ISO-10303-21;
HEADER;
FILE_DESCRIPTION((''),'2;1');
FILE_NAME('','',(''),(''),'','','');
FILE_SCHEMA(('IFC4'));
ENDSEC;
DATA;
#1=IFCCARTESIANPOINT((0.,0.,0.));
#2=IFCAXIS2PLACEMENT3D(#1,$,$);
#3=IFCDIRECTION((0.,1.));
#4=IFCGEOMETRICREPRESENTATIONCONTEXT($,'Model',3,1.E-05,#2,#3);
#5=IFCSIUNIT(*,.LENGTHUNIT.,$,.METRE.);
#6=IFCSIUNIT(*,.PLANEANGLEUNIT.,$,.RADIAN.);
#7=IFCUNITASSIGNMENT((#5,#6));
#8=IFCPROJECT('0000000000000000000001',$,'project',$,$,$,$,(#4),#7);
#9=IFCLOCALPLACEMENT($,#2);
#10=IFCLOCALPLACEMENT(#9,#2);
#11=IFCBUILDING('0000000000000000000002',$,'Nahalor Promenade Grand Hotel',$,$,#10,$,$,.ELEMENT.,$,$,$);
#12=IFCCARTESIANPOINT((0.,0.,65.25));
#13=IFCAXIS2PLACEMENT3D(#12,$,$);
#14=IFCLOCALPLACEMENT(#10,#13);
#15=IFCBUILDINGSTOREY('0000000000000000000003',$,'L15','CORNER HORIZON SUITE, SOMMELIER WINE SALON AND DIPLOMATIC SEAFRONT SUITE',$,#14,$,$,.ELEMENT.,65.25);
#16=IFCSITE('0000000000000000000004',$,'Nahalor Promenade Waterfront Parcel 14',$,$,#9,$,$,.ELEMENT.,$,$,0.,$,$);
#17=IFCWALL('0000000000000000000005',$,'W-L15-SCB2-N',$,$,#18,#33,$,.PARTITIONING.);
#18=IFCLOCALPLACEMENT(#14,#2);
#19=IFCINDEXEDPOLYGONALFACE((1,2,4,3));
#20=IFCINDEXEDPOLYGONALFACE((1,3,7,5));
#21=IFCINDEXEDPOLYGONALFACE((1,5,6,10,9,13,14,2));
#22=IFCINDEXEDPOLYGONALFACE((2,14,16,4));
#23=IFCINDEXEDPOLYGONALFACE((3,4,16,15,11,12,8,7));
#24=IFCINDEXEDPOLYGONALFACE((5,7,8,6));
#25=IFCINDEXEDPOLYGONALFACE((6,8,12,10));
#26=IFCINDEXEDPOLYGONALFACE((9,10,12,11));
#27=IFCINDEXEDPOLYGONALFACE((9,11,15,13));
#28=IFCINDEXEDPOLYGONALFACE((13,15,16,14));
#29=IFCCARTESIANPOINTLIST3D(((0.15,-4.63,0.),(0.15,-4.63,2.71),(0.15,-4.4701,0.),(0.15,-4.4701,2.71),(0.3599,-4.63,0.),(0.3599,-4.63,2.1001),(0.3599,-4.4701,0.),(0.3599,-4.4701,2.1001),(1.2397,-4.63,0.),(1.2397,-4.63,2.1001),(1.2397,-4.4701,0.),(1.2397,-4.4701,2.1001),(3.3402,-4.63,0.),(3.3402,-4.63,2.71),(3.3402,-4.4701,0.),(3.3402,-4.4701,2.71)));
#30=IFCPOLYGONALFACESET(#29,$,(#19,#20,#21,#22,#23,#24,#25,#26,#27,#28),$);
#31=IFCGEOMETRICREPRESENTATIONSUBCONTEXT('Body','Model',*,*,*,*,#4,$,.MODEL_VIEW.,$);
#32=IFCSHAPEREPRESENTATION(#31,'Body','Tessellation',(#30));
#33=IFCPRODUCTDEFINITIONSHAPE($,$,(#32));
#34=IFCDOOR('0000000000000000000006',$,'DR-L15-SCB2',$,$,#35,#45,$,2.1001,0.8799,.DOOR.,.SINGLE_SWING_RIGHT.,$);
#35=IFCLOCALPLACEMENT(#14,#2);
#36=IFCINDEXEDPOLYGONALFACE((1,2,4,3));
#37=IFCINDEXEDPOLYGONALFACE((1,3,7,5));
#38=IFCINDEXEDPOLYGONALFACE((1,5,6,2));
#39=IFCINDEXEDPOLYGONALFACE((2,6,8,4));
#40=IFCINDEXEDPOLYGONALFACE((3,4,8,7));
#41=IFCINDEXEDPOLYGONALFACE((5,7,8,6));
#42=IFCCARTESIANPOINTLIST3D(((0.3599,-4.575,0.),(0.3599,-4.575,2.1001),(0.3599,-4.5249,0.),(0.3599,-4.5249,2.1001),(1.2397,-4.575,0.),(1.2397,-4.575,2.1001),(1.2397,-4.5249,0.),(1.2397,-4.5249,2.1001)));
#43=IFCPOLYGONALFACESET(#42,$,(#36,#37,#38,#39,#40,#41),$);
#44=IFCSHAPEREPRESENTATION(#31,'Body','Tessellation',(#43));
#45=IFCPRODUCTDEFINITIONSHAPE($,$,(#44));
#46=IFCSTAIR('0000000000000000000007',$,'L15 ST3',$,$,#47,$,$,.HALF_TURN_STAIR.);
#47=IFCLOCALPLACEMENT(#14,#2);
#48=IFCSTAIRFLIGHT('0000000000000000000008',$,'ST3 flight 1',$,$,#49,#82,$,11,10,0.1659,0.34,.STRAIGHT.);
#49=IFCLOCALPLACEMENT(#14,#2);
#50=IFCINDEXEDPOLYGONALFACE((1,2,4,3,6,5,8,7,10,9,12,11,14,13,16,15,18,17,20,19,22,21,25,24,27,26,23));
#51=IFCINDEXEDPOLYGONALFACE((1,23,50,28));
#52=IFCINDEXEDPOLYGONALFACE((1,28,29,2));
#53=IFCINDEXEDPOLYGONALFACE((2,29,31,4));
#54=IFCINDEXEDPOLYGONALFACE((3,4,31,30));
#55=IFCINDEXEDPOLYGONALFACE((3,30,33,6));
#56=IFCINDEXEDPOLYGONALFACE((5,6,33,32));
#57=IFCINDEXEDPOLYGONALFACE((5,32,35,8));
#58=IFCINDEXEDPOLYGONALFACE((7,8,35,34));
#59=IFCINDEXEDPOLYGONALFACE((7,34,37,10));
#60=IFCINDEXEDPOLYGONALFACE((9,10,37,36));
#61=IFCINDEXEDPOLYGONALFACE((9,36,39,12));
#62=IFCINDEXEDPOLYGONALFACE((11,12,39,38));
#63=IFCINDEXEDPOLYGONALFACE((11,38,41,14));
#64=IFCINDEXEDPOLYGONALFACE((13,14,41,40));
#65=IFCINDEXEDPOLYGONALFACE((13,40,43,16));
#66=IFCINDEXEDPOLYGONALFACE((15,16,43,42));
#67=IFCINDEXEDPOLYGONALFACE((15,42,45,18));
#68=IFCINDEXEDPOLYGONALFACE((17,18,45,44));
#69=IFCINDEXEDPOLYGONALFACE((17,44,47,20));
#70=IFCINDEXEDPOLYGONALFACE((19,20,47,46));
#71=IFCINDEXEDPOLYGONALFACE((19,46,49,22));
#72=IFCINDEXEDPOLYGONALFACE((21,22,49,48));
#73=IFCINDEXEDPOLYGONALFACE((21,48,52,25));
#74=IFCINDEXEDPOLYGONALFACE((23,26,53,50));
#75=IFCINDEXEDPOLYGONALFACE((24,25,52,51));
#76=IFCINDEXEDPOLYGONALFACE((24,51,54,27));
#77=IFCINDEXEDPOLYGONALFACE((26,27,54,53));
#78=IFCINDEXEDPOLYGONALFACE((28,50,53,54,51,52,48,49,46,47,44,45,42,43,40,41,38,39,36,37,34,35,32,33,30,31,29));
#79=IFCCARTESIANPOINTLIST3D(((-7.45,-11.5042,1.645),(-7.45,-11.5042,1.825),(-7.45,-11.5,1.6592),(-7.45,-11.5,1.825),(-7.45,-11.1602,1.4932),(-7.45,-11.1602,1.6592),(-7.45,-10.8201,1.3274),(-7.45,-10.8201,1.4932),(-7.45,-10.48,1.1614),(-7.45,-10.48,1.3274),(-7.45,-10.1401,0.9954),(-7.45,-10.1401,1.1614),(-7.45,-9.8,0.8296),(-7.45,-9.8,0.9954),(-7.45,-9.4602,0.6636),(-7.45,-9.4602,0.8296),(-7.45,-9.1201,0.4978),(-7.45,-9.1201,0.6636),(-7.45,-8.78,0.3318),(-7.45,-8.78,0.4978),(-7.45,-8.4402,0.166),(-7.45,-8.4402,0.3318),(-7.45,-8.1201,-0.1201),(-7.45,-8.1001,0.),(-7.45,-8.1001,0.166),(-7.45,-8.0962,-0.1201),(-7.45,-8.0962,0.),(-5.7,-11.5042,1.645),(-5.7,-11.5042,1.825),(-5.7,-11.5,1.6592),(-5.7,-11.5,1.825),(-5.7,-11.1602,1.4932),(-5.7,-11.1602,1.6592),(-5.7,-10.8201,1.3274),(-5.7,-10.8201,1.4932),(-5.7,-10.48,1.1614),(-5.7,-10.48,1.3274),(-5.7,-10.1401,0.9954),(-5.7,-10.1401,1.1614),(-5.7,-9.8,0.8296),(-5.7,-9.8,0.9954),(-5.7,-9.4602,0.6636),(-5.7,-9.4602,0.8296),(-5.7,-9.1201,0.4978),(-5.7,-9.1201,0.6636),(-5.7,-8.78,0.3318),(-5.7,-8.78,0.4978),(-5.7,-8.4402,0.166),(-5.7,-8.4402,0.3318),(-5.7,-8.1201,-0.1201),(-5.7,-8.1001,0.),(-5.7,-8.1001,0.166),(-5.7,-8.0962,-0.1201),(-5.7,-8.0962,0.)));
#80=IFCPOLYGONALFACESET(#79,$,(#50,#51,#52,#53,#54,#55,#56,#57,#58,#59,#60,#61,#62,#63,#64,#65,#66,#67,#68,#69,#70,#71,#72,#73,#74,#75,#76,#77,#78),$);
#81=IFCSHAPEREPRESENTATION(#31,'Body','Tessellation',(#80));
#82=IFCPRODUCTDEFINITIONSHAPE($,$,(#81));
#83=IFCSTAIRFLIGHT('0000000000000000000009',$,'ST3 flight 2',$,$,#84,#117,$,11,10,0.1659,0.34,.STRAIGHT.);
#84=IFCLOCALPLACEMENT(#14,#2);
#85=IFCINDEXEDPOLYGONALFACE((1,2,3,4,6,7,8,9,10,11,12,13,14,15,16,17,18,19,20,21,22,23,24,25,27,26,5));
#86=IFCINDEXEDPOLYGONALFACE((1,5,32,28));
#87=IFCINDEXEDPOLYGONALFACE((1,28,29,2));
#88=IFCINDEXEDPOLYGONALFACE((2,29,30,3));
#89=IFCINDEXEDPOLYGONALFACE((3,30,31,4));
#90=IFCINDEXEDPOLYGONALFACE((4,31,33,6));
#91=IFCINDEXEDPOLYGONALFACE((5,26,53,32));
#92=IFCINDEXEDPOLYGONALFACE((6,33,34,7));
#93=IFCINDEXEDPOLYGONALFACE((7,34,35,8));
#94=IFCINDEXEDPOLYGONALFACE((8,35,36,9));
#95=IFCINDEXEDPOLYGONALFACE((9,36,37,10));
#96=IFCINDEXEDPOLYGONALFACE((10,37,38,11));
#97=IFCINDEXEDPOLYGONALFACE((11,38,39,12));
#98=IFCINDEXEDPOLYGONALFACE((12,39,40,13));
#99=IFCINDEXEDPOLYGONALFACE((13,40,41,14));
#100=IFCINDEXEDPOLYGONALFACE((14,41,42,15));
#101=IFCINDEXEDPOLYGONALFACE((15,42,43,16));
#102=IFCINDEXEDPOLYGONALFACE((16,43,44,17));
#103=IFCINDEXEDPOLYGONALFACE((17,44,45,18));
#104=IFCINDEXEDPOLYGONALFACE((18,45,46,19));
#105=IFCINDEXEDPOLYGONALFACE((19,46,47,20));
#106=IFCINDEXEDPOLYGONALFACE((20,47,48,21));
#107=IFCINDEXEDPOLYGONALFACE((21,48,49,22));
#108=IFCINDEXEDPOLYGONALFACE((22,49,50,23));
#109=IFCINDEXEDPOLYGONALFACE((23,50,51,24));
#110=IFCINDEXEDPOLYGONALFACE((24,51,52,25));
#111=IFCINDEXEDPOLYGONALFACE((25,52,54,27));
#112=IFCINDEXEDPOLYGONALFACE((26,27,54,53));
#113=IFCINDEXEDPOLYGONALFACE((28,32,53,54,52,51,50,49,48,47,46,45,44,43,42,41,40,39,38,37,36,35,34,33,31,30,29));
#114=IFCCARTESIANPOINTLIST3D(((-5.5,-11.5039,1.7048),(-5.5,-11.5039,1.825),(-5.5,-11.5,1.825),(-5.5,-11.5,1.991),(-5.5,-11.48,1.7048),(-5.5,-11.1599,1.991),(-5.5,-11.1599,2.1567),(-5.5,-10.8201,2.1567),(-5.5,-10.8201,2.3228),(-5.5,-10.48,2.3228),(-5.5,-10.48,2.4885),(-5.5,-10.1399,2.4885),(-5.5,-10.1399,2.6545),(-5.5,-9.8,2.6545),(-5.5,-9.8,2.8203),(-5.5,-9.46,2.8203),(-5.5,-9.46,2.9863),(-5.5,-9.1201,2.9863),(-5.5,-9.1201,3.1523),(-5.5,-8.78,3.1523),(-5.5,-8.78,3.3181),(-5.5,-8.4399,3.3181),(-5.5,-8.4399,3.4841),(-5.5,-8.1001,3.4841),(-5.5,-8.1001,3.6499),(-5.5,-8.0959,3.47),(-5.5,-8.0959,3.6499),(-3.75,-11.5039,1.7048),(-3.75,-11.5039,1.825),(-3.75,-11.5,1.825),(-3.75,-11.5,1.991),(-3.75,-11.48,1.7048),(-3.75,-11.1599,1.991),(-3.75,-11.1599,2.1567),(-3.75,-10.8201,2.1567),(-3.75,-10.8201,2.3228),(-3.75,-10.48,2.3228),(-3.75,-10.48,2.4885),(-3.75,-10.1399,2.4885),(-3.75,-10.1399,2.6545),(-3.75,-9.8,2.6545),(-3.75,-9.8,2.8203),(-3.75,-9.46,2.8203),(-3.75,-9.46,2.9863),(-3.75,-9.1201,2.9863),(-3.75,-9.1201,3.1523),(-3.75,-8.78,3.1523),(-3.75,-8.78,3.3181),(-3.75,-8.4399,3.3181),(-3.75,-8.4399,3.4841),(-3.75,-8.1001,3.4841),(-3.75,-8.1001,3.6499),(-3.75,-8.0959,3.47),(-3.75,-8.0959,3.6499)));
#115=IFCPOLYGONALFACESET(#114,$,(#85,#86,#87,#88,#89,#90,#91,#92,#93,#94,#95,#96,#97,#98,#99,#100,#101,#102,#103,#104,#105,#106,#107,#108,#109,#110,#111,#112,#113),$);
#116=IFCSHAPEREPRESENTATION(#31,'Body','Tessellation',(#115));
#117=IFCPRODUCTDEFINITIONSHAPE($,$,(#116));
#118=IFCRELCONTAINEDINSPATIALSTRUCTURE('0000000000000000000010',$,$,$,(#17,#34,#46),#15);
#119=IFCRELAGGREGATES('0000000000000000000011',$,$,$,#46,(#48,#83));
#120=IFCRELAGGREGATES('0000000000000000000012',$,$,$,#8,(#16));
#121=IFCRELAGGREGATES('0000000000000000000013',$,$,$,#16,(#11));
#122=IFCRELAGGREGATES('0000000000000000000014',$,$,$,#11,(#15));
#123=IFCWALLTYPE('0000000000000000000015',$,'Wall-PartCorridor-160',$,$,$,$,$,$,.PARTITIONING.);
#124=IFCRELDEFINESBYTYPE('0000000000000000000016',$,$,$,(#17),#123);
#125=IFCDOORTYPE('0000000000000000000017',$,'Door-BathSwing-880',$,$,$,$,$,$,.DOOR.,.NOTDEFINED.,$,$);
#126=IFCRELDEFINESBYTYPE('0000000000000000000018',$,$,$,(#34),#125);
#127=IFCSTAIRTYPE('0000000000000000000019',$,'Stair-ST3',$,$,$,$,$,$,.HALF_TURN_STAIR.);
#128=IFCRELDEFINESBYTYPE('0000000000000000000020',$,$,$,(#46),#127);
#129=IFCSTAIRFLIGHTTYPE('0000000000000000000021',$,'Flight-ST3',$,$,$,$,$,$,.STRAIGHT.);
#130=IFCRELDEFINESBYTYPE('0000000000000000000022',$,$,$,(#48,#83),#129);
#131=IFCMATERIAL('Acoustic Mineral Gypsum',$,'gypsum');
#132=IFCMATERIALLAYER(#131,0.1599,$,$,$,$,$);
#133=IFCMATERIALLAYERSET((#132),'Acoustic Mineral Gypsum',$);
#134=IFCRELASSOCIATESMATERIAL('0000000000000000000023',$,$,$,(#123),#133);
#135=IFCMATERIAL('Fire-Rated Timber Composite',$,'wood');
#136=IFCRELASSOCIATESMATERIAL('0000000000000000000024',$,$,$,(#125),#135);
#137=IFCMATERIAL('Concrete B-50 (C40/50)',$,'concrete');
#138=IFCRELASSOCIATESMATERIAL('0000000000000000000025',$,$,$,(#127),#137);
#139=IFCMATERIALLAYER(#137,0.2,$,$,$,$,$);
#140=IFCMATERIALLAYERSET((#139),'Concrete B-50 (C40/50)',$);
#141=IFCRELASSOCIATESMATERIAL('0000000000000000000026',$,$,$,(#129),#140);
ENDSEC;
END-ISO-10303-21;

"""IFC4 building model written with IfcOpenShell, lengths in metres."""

from ifc_helpers import new_model, si_unit, direction, frame, frame_2d, origin, place, context, subcontext, project, spatial, polyline, rectangle, outline, extrude, source, transform, mapped, material, layer, layer_set, type_object, element, fill, aggregate, save


model = new_model("IFC4")

# Units and contexts
model_context = context("Model", 3, precision=1e-05, world=origin(), true_north=direction((0.0, 1.0)))
body_context = subcontext(model_context, "Body", "Model", "MODEL_VIEW")
ifc_project = project(units=[si_unit("LENGTHUNIT", "METRE"), si_unit("PLANEANGLEUNIT", "RADIAN")], contexts=[model_context])

# Site, building, storey
site_placement = place(None, origin())
site = spatial("IfcSite", under=ifc_project, at=site_placement, Name="Nahalor Promenade Waterfront Parcel 14", CompositionType="ELEMENT", RefElevation=0.0)
building_placement = place(site_placement, origin())
building = spatial("IfcBuilding", under=site, at=building_placement, Name="Nahalor Promenade Grand Hotel", CompositionType="ELEMENT")
storey_placement = place(building_placement, frame((0.0, 0.0, 65.25)))
storey = spatial("IfcBuildingStorey", under=building, at=storey_placement, Name="L15", Description="CORNER HORIZON SUITE, SOMMELIER WINE SALON AND DIPLOMATIC SEAFRONT SUITE", CompositionType="ELEMENT", Elevation=65.25)

# Shared definitions
ifc_material_1 = material(Name="Concrete B-50 (C40/50)", Category="concrete")

# Wall, opening, door
ifc_material_2 = material(Name="Acoustic Mineral Gypsum", Category="gypsum")
ifc_layer_1 = layer(ifc_material_2, 0.1599)
ifc_layer_set_1 = layer_set([ifc_layer_1], Name="Acoustic Mineral Gypsum")
wall_type_1 = type_object("IfcWallType", Name="Wall-PartCorridor-160", PredefinedType="PARTITIONING", material=ifc_layer_set_1)
ifc_material_3 = material(Name="Fire-Rated Timber Composite", Category="wood")
door_type_1 = type_object("IfcDoorType", Name="Door-BathSwing-880", OperationType="NOTDEFINED", PredefinedType="DOOR", material=ifc_material_3)
shared_shape_1 = source(origin(), body_context, "Body", "SweptSolid", [
    extrude(rectangle(XDim=0.8799, YDim=2.1001, at=frame_2d((0.4399, 1.05))), frame((0.0, 0.0249, 0.0), z_axis=(0.0, -1.0, 0.0), x_axis=(1.0, 0.0, 0.0)), (0.0, 0.0, 1.0), 0.05),
])
shared_shape_2 = source(origin(), body_context, "Body", "SweptSolid", [
    extrude(rectangle(XDim=3.1902, YDim=0.1599, at=frame_2d((1.5952, 0.0))), origin(), (0.0, 0.0, 1.0), 2.71),
])
wall_1_placement = place(storey_placement, frame((0.1499, -4.55, 0.0), z_axis=(0.0, 0.0, 1.0), x_axis=(1.0, 0.0, 0.0)))
wall_1 = element("IfcWall", 1, at=wall_1_placement, inside=storey, type_object=wall_type_1, Name="W-L15-SCB2-N", PredefinedType="PARTITIONING", context=body_context, shape_type="MappedRepresentation", body=[
    mapped(shared_shape_2, transform((0.0, 0.0, 0.0), scale=1.0)),
])
opening_1_placement = place(wall_1_placement, frame((0.21, 0.0, 0.0)))
opening_1 = element("IfcOpeningElement", 2, at=opening_1_placement, cuts=wall_1, PredefinedType="OPENING", context=body_context, shape_type="SweptSolid", body=[
    extrude(rectangle(XDim=0.8799, YDim=2.1001, at=frame_2d((0.4399, 1.05))), frame((0.0, 0.0898, 0.0), z_axis=(0.0, -1.0, 0.0), x_axis=(1.0, 0.0, 0.0)), (0.0, 0.0, 1.0), 0.1799),
])
door_1_placement = place(opening_1_placement, frame((0.8799, 0.0, 0.0), z_axis=(0.0, 0.0, 1.0), x_axis=(-1.0, 0.0, 0.0)))
door_1 = element("IfcDoor", 3, at=door_1_placement, inside=storey, type_object=door_type_1, Name="DR-L15-SCB2", OperationType="SINGLE_SWING_RIGHT", OverallHeight=2.1001, OverallWidth=0.8799, PredefinedType="DOOR", context=body_context, shape_type="MappedRepresentation", body=[
    mapped(shared_shape_1, transform((0.0, 0.0, 0.0), scale=1.0)),
])
fill(opening_1, door_1)

# Stair, stair flights
stair_type = type_object("IfcStairType", Name="Stair-ST3", PredefinedType="HALF_TURN_STAIR", material=ifc_material_1)
stair_placement = place(storey_placement, origin())
stair = element("IfcStair", 4, at=stair_placement, inside=storey, type_object=stair_type, Name="L15 ST3", PredefinedType="HALF_TURN_STAIR")
ifc_layer_2 = layer(ifc_material_1, 0.2)
ifc_layer_set_2 = layer_set([ifc_layer_2], Name="Concrete B-50 (C40/50)")
stair_flight_type = type_object("IfcStairFlightType", Name="Flight-ST3", PredefinedType="STRAIGHT", material=ifc_layer_set_2)
shared_shape_3 = source(origin(), body_context, "Body", "SweptSolid", [
    extrude(outline(polyline([(-0.0039, -0.1201), (-0.0039, 0.0), (0.0, 0.0), (0.0, 0.166), (0.3401, 0.166), (0.3401, 0.3318), (0.6799, 0.3318), (0.6799, 0.4978), (1.02, 0.4978), (1.02, 0.6636), (1.3601, 0.6636), (1.3601, 0.8296), (1.7, 0.8296), (1.7, 0.9954), (2.04, 0.9954), (2.04, 1.1614), (2.3799, 1.1614), (2.3799, 1.3274), (2.72, 1.3274), (2.72, 1.4932), (3.0601, 1.4932), (3.0601, 1.6592), (3.3999, 1.6592), (3.3999, 1.825), (3.4041, 1.825), (3.4041, 1.645), (0.02, -0.1201), (-0.0039, -0.1201)])), frame((0.0, 0.875, 0.0), z_axis=(0.0, -1.0, 0.0), x_axis=(1.0, 0.0, 0.0)), (0.0, 0.0, 1.0), 1.75),
])
stair_flight_1_placement = place(storey_placement, frame((-6.575, -8.1001, 0.0), z_axis=(0.0, 0.0, 1.0), x_axis=(0.0, -1.0, 0.0)))
stair_flight_1 = element("IfcStairFlight", 5, at=stair_flight_1_placement, type_object=stair_flight_type, Name="ST3 flight 1", NumberOfRisers=11, NumberOfTreads=10, PredefinedType="STRAIGHT", RiserHeight=0.1659, TreadLength=0.34, context=body_context, shape_type="MappedRepresentation", body=[
    mapped(shared_shape_3, transform((0.0, 0.0, 0.0), scale=1.0)),
])
stair_flight_2_placement = place(storey_placement, frame((-4.625, -11.5, 1.825), z_axis=(0.0, 0.0, 1.0), x_axis=(0.0, 1.0, 0.0)))
stair_flight_2 = element("IfcStairFlight", 6, at=stair_flight_2_placement, type_object=stair_flight_type, Name="ST3 flight 2", NumberOfRisers=11, NumberOfTreads=10, PredefinedType="STRAIGHT", RiserHeight=0.1659, TreadLength=0.34, context=body_context, shape_type="MappedRepresentation", body=[
    mapped(shared_shape_3, transform((0.0, 0.0, 0.0), scale=1.0)),
])
aggregate(stair, [stair_flight_1, stair_flight_2])

save(model, "model.ifc")
